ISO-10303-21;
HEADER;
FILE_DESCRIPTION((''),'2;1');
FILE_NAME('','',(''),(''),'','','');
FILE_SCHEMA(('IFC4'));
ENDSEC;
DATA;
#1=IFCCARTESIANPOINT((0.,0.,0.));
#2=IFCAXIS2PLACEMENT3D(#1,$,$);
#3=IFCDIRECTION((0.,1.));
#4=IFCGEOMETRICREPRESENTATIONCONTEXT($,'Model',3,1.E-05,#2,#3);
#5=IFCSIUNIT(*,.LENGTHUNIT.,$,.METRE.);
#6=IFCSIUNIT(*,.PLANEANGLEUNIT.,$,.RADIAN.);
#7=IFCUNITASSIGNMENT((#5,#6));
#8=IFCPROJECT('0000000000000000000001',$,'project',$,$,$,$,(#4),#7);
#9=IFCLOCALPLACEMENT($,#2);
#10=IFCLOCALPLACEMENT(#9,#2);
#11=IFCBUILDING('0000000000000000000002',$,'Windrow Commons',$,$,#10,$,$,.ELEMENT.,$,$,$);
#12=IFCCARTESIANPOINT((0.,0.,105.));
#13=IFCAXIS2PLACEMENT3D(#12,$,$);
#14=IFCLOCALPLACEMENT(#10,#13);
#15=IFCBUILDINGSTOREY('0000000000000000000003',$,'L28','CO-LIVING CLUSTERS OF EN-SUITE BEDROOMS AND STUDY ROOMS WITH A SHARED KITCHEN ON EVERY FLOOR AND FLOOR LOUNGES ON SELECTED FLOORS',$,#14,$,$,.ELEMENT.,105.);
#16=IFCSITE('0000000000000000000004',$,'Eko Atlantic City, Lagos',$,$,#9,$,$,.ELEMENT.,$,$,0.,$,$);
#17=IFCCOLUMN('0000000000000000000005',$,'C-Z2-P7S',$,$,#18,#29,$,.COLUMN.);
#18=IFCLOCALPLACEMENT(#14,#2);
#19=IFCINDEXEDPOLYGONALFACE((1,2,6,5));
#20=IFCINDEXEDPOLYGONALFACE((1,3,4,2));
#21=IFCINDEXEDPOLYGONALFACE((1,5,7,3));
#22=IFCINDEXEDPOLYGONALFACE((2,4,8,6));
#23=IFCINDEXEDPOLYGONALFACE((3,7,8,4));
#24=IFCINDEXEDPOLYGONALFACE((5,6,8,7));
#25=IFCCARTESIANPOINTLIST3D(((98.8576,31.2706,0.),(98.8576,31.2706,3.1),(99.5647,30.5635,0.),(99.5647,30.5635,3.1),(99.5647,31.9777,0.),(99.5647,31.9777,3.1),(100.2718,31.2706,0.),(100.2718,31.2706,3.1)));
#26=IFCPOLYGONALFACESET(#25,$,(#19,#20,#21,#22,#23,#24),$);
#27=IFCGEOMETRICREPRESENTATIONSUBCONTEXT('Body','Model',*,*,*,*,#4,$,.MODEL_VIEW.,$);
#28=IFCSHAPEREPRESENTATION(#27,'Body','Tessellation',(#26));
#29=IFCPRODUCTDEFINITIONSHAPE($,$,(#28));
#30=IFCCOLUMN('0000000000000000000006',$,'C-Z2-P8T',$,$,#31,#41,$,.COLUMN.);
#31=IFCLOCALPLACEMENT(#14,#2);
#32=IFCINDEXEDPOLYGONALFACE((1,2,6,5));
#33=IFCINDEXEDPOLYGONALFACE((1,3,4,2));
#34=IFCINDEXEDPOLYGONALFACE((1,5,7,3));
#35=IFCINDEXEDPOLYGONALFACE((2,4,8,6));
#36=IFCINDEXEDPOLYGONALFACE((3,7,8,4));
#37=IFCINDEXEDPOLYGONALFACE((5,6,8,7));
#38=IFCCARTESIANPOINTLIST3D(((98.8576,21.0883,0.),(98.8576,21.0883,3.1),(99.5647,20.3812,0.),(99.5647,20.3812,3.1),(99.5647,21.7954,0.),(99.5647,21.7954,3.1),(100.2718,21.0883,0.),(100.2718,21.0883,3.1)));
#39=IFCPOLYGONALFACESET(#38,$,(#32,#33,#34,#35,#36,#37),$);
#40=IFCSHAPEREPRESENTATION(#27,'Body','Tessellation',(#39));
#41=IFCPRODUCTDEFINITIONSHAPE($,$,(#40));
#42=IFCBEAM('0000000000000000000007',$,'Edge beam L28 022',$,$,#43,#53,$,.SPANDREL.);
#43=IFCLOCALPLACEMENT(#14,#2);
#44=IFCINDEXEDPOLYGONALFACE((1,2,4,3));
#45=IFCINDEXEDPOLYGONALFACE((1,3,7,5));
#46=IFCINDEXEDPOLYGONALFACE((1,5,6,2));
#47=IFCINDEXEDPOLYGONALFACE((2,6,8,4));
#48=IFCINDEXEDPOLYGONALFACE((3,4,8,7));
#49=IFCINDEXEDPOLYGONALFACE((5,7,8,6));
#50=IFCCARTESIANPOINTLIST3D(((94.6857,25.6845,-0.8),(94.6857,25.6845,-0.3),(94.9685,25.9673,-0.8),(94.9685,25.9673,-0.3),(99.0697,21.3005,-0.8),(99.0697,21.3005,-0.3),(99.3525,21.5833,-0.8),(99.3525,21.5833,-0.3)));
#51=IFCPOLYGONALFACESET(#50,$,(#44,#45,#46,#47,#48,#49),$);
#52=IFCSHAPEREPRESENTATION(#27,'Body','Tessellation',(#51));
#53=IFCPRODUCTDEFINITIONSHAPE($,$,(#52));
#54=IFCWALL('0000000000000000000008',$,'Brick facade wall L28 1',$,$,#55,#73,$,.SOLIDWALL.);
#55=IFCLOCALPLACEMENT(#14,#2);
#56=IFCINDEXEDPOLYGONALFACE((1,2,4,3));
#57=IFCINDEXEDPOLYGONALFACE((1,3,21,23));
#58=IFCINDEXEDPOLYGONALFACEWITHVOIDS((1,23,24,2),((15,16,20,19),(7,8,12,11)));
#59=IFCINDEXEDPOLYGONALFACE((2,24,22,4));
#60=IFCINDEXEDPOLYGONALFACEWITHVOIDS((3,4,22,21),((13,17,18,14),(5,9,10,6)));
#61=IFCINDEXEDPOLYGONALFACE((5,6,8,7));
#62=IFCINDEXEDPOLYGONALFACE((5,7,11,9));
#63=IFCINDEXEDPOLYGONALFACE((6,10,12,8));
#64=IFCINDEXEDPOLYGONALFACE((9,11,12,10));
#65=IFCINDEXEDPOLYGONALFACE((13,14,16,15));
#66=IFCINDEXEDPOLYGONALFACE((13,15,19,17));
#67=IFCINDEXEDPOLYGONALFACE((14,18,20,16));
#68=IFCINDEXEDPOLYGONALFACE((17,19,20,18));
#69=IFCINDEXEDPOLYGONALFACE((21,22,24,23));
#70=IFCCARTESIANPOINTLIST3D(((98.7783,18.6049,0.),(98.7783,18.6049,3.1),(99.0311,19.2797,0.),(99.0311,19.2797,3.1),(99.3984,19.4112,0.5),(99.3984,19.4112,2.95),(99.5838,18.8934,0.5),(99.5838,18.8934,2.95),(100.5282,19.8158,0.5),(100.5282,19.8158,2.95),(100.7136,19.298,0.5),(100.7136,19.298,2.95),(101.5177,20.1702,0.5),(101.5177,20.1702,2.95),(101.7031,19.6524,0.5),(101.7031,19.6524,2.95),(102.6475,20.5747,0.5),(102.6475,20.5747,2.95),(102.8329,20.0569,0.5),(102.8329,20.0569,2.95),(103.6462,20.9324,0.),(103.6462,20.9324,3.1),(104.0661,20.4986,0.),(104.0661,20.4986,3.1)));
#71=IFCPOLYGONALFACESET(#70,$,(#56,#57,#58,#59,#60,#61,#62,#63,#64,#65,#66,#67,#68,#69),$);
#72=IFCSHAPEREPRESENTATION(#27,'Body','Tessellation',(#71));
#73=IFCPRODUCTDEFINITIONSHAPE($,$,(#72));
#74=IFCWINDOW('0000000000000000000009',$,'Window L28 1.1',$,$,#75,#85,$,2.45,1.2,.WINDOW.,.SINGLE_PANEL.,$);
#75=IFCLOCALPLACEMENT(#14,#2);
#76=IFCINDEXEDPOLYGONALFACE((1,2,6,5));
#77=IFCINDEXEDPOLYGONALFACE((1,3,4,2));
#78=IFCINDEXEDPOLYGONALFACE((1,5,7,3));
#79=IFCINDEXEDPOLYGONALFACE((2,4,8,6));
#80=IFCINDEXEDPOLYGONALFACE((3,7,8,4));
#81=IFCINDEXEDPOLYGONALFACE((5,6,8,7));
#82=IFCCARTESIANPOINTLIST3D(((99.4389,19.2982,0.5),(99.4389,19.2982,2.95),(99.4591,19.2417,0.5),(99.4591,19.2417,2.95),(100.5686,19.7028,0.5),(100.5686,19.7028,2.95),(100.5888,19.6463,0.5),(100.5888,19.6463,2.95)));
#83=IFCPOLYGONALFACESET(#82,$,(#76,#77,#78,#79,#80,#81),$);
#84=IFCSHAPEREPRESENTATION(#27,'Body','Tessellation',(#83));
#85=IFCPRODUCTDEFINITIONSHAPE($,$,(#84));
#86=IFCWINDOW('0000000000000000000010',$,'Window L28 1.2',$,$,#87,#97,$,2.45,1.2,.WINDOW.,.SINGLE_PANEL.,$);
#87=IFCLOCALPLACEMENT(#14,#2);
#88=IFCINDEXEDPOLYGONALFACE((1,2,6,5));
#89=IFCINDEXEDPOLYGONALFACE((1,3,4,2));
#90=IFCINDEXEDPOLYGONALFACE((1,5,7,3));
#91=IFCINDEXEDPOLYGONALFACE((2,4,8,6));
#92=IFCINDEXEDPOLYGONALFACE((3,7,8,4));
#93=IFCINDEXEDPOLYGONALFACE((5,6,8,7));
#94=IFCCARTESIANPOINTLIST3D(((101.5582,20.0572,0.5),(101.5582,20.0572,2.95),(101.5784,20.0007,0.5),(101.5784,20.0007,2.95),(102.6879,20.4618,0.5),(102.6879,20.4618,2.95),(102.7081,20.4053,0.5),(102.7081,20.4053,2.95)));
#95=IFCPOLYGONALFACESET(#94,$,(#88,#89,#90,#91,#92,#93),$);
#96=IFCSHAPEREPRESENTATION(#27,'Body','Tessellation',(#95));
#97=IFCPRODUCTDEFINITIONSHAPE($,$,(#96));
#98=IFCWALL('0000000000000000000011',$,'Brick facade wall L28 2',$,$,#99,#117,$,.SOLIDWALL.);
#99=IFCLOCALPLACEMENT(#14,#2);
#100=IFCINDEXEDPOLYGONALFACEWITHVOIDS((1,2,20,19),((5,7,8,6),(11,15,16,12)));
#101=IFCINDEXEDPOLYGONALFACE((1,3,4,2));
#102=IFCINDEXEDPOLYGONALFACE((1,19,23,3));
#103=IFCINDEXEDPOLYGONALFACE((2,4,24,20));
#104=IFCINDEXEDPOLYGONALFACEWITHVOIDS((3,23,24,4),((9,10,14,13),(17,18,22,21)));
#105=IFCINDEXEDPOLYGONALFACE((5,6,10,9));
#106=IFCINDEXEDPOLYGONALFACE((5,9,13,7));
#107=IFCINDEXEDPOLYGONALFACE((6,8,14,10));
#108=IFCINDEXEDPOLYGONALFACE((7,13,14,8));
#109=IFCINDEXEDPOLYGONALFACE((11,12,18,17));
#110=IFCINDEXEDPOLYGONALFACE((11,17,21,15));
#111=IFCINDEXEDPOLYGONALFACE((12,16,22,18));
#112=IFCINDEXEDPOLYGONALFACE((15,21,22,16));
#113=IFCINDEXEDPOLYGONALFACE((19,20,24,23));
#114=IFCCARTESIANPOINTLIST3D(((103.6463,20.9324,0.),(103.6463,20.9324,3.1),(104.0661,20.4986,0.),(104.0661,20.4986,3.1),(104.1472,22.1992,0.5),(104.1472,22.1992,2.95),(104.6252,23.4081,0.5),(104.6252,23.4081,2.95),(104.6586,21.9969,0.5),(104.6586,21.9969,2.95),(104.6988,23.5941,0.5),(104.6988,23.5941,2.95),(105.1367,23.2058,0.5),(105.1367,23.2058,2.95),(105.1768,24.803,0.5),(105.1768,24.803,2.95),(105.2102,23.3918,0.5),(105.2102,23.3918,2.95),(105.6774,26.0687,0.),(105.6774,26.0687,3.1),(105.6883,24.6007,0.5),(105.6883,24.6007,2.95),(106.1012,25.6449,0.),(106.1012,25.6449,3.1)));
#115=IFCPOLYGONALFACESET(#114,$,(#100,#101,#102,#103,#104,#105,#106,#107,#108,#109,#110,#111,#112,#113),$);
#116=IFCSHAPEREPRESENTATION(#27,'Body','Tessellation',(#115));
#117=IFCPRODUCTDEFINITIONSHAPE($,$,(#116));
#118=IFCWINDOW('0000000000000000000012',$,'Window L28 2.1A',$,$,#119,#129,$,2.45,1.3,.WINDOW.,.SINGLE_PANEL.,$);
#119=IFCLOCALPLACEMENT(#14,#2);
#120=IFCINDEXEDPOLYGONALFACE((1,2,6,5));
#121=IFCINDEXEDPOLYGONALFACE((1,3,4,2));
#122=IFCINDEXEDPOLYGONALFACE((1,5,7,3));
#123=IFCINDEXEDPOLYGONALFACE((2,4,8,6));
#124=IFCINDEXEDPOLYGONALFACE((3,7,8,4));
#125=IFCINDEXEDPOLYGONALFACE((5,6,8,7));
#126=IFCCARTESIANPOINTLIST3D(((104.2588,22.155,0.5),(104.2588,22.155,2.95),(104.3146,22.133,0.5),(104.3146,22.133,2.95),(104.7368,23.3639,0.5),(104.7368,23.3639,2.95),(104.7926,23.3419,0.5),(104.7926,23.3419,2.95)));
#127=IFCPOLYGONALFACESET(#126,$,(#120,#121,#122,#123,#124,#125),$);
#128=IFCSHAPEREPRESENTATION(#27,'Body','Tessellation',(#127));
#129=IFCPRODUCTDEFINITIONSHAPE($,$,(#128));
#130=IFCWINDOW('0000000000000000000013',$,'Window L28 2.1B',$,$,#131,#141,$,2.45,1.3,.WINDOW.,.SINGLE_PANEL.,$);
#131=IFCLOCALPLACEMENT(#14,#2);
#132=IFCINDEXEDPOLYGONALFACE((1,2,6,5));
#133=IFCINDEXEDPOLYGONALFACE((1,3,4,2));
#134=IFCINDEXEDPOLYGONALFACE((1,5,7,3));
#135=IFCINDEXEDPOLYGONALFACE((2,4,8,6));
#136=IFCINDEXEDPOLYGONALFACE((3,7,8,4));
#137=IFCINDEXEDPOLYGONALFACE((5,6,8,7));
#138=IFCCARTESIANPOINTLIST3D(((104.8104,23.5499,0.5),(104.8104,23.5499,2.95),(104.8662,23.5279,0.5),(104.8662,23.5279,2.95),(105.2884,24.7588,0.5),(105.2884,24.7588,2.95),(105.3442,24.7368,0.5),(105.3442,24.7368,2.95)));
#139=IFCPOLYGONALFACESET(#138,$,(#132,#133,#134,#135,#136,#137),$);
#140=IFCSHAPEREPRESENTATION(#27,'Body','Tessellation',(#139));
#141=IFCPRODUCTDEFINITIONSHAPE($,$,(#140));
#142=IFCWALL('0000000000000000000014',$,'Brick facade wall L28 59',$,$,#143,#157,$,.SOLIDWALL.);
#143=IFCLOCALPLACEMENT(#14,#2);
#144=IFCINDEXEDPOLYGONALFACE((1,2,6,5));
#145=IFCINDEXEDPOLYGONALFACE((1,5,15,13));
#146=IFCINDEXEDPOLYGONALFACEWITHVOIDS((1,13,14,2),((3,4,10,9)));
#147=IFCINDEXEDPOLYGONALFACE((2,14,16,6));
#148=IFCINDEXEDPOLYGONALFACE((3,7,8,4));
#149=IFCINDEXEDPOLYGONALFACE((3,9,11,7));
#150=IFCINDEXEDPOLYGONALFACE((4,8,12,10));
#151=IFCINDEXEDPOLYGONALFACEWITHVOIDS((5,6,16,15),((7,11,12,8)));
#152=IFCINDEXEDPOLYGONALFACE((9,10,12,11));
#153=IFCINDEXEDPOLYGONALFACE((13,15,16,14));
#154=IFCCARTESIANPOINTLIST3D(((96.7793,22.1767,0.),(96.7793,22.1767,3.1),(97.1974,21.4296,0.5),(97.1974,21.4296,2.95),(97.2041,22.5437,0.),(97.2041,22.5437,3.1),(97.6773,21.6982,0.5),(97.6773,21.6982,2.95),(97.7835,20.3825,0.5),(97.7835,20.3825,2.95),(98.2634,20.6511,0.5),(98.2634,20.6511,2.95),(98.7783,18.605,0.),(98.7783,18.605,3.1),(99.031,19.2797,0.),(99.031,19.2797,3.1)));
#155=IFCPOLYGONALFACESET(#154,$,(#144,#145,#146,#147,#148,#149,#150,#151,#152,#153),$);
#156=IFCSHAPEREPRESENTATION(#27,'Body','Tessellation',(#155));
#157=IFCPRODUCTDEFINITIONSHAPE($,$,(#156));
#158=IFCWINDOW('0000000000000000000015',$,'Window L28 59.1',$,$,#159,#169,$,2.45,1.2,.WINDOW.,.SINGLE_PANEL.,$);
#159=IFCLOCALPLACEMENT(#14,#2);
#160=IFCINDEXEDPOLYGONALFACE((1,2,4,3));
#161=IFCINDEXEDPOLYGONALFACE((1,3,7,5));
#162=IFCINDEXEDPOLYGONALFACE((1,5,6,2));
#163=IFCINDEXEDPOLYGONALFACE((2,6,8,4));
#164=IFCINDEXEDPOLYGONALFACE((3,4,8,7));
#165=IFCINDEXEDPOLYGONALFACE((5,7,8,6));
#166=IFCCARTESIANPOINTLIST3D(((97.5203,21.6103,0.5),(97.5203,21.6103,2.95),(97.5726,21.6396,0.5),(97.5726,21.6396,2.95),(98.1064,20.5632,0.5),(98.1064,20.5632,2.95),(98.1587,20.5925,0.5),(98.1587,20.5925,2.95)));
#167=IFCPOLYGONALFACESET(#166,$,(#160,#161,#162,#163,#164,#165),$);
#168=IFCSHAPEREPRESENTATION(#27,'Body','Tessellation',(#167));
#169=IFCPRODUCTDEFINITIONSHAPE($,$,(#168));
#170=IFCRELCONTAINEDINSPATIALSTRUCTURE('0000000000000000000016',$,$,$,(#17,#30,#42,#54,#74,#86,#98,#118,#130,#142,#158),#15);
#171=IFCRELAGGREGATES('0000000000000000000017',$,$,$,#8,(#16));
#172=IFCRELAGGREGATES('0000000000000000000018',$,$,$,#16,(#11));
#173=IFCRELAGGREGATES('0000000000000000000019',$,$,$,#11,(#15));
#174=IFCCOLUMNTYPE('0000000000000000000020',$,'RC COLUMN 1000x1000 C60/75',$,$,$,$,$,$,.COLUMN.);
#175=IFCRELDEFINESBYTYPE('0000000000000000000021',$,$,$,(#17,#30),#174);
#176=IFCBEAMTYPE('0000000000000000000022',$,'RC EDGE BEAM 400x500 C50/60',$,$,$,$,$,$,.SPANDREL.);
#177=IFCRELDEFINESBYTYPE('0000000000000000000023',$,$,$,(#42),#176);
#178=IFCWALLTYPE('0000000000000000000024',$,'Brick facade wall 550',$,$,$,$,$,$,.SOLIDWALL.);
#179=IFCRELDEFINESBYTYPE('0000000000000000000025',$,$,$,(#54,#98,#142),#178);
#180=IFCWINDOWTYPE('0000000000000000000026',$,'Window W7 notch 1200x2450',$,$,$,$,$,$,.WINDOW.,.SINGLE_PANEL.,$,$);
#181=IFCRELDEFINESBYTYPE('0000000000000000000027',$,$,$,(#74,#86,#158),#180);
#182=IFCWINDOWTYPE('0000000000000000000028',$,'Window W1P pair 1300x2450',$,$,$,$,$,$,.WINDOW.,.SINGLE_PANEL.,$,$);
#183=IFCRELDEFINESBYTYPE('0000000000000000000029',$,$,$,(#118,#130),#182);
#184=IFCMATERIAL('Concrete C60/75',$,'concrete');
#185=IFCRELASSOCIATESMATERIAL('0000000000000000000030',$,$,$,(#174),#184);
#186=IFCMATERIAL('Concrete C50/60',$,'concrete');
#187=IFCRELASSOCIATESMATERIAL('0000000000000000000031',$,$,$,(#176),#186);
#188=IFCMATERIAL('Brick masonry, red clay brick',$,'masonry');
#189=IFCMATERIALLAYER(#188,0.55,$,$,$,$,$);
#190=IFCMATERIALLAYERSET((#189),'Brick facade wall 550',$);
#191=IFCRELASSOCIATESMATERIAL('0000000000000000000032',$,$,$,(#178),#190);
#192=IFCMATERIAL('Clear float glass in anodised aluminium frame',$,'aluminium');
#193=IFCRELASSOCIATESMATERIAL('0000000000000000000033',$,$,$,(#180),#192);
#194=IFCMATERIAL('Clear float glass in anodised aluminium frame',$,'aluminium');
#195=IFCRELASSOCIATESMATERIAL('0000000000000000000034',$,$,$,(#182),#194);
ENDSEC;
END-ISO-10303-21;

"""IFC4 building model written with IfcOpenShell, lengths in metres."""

from ifc_helpers import new_model, si_unit, direction, frame, frame_2d, origin, origin_2d, place, context, subcontext, project, spatial, polyline, rectangle, outline, extrude, material, layer, layer_set, material_profile, profile_set, type_object, element, fill, save


model = new_model("IFC4")

# Units and contexts
model_context = context("Model", 3, precision=1e-05, world=origin(), true_north=direction((0.0, 1.0)))
body_context = subcontext(model_context, "Body", "Model", "MODEL_VIEW")
ifc_project = project(units=[si_unit("LENGTHUNIT", "METRE"), si_unit("PLANEANGLEUNIT", "RADIAN")], contexts=[model_context])

# Site, building, storey
site_placement = place(None, origin())
site = spatial("IfcSite", under=ifc_project, at=site_placement, Name="Eko Atlantic City, Lagos", CompositionType="ELEMENT", RefElevation=0.0)
building_placement = place(site_placement, origin())
building = spatial("IfcBuilding", under=site, at=building_placement, Name="Windrow Commons", CompositionType="ELEMENT")
storey_placement = place(building_placement, frame((0.0, 0.0, 105.0)))
storey = spatial("IfcBuildingStorey", under=building, at=storey_placement, Name="L28", Description="CO-LIVING CLUSTERS OF EN-SUITE BEDROOMS AND STUDY ROOMS WITH A SHARED KITCHEN ON EVERY FLOOR AND FLOOR LOUNGES ON SELECTED FLOORS", CompositionType="ELEMENT", Elevation=105.0)

# Columns
ifc_material_1 = material(Name="Concrete C60/75", Category="concrete")
ifc_material_profile_1 = material_profile(ifc_material_1, rectangle(XDim=1.0, YDim=1.0, at=origin_2d()))
ifc_profile_set_1 = profile_set([ifc_material_profile_1], Name="Concrete C60/75")
column_type = type_object("IfcColumnType", Name="RC COLUMN 1000x1000 C60/75", PredefinedType="COLUMN", material=ifc_profile_set_1)
for number, where, z_axis, x_axis, name in (
    (1, (99.5647, 31.2706, 0.0), (0.0, 0.0, 1.0), (0.707107, -0.707107, 0.0), "C-Z2-P7S"),
    (2, (99.5647, 21.0883, 0.0), (0.0, 0.0, 1.0), (0.707107, -0.707107, 0.0), "C-Z2-P8T"),
):
    element("IfcColumn", number, at=place(storey_placement, frame(where, z_axis=z_axis, x_axis=x_axis)), inside=storey, type_object=column_type, Name=name, PredefinedType="COLUMN", context=body_context, shape_type="SweptSolid", body=[
        extrude(rectangle(XDim=1.0, YDim=1.0, at=origin_2d()), origin(), (0.0, 0.0, 1.0), 3.1),
    ])

# Beam
ifc_material_2 = material(Name="Concrete C50/60", Category="concrete")
ifc_material_profile_2 = material_profile(ifc_material_2, rectangle(XDim=0.4, YDim=0.5, at=origin_2d()))
ifc_profile_set_2 = profile_set([ifc_material_profile_2], Name="Concrete C50/60")
beam_type = type_object("IfcBeamType", Name="RC EDGE BEAM 400x500 C50/60", PredefinedType="SPANDREL", material=ifc_profile_set_2)
beam_placement = place(storey_placement, frame((99.2111, 21.4419, -0.55), z_axis=(-0.707107, 0.707107, 0.0), x_axis=(-0.707107, -0.707107, 0.0)))
element("IfcBeam", 3, at=beam_placement, inside=storey, type_object=beam_type, Name="Edge beam L28 022", PredefinedType="SPANDREL", context=body_context, shape_type="SweptSolid", body=[
    extrude(rectangle(XDim=0.4, YDim=0.5, at=origin_2d()), origin(), (0.0, 0.0, 1.0), 6.1999),
])

# Walls, openings, windows
ifc_material_3 = material(Name="Brick masonry, red clay brick", Category="masonry")
ifc_layer_1 = layer(ifc_material_3, 0.55)
ifc_layer_set_1 = layer_set([ifc_layer_1], Name="Brick facade wall 550")
wall_type_1 = type_object("IfcWallType", Name="Brick facade wall 550", PredefinedType="SOLIDWALL", material=ifc_layer_set_1)
wall_1_placement = place(storey_placement, frame((98.9047, 18.9423, 0.0), z_axis=(0.0, 0.0, 1.0), x_axis=(0.941452, 0.337147, 0.0)))
wall_1 = element("IfcWall", 4, at=wall_1_placement, inside=storey, type_object=wall_type_1, Name="Brick facade wall L28 1", PredefinedType="SOLIDWALL", context=body_context, shape_type="SweptSolid", body=[
    extrude(outline(polyline([(-0.2327, -0.275), (5.3839, -0.275), (5.1349, 0.275), (0.2327, 0.275), (-0.2327, -0.275)])), origin(), (0.0, 0.0, 1.0), 3.1),
])
opening_1_placement = place(wall_1_placement, frame((0.6229, 0.0, 0.5)))
opening_1 = element("IfcOpeningElement", 5, at=opening_1_placement, cuts=wall_1, PredefinedType="OPENING", context=body_context, shape_type="SweptSolid", body=[
    extrude(rectangle(XDim=1.2, YDim=2.45, at=frame_2d((0.6, 1.225))), frame((0.0, 0.285, 0.0), z_axis=(0.0, -1.0, 0.0), x_axis=(1.0, 0.0, 0.0)), (0.0, 0.0, 1.0), 0.57),
])
opening_2_placement = place(wall_1_placement, frame((2.874, 0.0, 0.5)))
opening_2 = element("IfcOpeningElement", 6, at=opening_2_placement, cuts=wall_1, PredefinedType="OPENING", context=body_context, shape_type="SweptSolid", body=[
    extrude(rectangle(XDim=1.2, YDim=2.45, at=frame_2d((0.6, 1.225))), frame((0.0, 0.285, 0.0), z_axis=(0.0, -1.0, 0.0), x_axis=(1.0, 0.0, 0.0)), (0.0, 0.0, 1.0), 0.57),
])
ifc_material_4 = material(Name="Clear float glass in anodised aluminium frame", Category="aluminium")
window_type_1 = type_object("IfcWindowType", Name="Window W7 notch 1200x2450", PartitioningType="SINGLE_PANEL", PredefinedType="WINDOW", material=ifc_material_4)
window_1_placement = place(opening_1_placement, origin())
window_1 = element("IfcWindow", 7, at=window_1_placement, inside=storey, type_object=window_type_1, Name="Window L28 1.1", OverallHeight=2.45, OverallWidth=1.2, PartitioningType="SINGLE_PANEL", PredefinedType="WINDOW", context=body_context, shape_type="SweptSolid", body=[
    extrude(rectangle(XDim=1.2, YDim=2.45, at=frame_2d((0.6, 1.225))), frame((0.0, 0.155, 0.0), z_axis=(0.0, -1.0, 0.0), x_axis=(1.0, 0.0, 0.0)), (0.0, 0.0, 1.0), 0.06),
])
fill(opening_1, window_1)
window_2_placement = place(opening_2_placement, origin())
window_2 = element("IfcWindow", 8, at=window_2_placement, inside=storey, type_object=window_type_1, Name="Window L28 1.2", OverallHeight=2.45, OverallWidth=1.2, PartitioningType="SINGLE_PANEL", PredefinedType="WINDOW", context=body_context, shape_type="SweptSolid", body=[
    extrude(rectangle(XDim=1.2, YDim=2.45, at=frame_2d((0.6, 1.225))), frame((0.0, 0.155, 0.0), z_axis=(0.0, -1.0, 0.0), x_axis=(1.0, 0.0, 0.0)), (0.0, 0.0, 1.0), 0.06),
])
fill(opening_2, window_2)
wall_2_placement = place(storey_placement, frame((103.8562, 20.7155, 0.0), z_axis=(0.0, 0.0, 1.0), x_axis=(0.367736, 0.92993, 0.0)))
wall_2 = element("IfcWall", 9, at=wall_2_placement, inside=storey, type_object=wall_type_1, Name="Brick facade wall L28 2", PredefinedType="SOLIDWALL", context=body_context, shape_type="SweptSolid", body=[
    extrude(outline(polyline([(-0.1245, -0.275), (5.4096, -0.275), (5.6478, 0.275), (0.1245, 0.275), (-0.1245, -0.275)])), origin(), (0.0, 0.0, 1.0), 3.1),
])
opening_3_placement = place(wall_2_placement, frame((1.4867, 0.0, 0.5)))
opening_3 = element("IfcOpeningElement", 10, at=opening_3_placement, cuts=wall_2, PredefinedType="OPENING", context=body_context, shape_type="SweptSolid", body=[
    extrude(rectangle(XDim=1.3, YDim=2.45, at=frame_2d((0.65, 1.225))), frame((0.0, 0.285, 0.0), z_axis=(0.0, -1.0, 0.0), x_axis=(1.0, 0.0, 0.0)), (0.0, 0.0, 1.0), 0.57),
])
opening_4_placement = place(wall_2_placement, frame((2.9867, 0.0, 0.5)))
opening_4 = element("IfcOpeningElement", 11, at=opening_4_placement, cuts=wall_2, PredefinedType="OPENING", context=body_context, shape_type="SweptSolid", body=[
    extrude(rectangle(XDim=1.3, YDim=2.45, at=frame_2d((0.65, 1.225))), frame((0.0, 0.285, 0.0), z_axis=(0.0, -1.0, 0.0), x_axis=(1.0, 0.0, 0.0)), (0.0, 0.0, 1.0), 0.57),
])
ifc_material_5 = material(Name="Clear float glass in anodised aluminium frame", Category="aluminium")
window_type_2 = type_object("IfcWindowType", Name="Window W1P pair 1300x2450", PartitioningType="SINGLE_PANEL", PredefinedType="WINDOW", material=ifc_material_5)
window_3_placement = place(opening_3_placement, origin())
window_3 = element("IfcWindow", 12, at=window_3_placement, inside=storey, type_object=window_type_2, Name="Window L28 2.1A", OverallHeight=2.45, OverallWidth=1.3, PartitioningType="SINGLE_PANEL", PredefinedType="WINDOW", context=body_context, shape_type="SweptSolid", body=[
    extrude(rectangle(XDim=1.3, YDim=2.45, at=frame_2d((0.65, 1.225))), frame((0.0, 0.155, 0.0), z_axis=(0.0, -1.0, 0.0), x_axis=(1.0, 0.0, 0.0)), (0.0, 0.0, 1.0), 0.06),
])
fill(opening_3, window_3)
window_4_placement = place(opening_4_placement, origin())
window_4 = element("IfcWindow", 13, at=window_4_placement, inside=storey, type_object=window_type_2, Name="Window L28 2.1B", OverallHeight=2.45, OverallWidth=1.3, PartitioningType="SINGLE_PANEL", PredefinedType="WINDOW", context=body_context, shape_type="SweptSolid", body=[
    extrude(rectangle(XDim=1.3, YDim=2.45, at=frame_2d((0.65, 1.225))), frame((0.0, 0.155, 0.0), z_axis=(0.0, -1.0, 0.0), x_axis=(1.0, 0.0, 0.0)), (0.0, 0.0, 1.0), 0.06),
])
fill(opening_4, window_4)

# Wall, opening, window
wall_3_placement = place(storey_placement, frame((96.9917, 22.3602, 0.0), z_axis=(0.0, 0.0, 1.0), x_axis=(0.488404, -0.872617, 0.0)))
wall_3 = element("IfcWall", 14, at=wall_3_placement, inside=storey, type_object=wall_type_1, Name="Brick facade wall L28 59", PredefinedType="SOLIDWALL", context=body_context, shape_type="SweptSolid", body=[
    extrude(outline(polyline([(0.0564, -0.275), (4.1494, -0.275), (3.6841, 0.275), (-0.0564, 0.275), (0.0564, -0.275)])), origin(), (0.0, 0.0, 1.0), 3.1),
])
opening_5_placement = place(wall_3_placement, frame((0.9125, 0.0, 0.5)))
opening_5 = element("IfcOpeningElement", 15, at=opening_5_placement, cuts=wall_3, PredefinedType="OPENING", context=body_context, shape_type="SweptSolid", body=[
    extrude(rectangle(XDim=1.2, YDim=2.45, at=frame_2d((0.6, 1.225))), frame((0.0, 0.285, 0.0), z_axis=(0.0, -1.0, 0.0), x_axis=(1.0, 0.0, 0.0)), (0.0, 0.0, 1.0), 0.57),
])
window_5_placement = place(opening_5_placement, origin())
window_5 = element("IfcWindow", 16, at=window_5_placement, inside=storey, type_object=window_type_1, Name="Window L28 59.1", OverallHeight=2.45, OverallWidth=1.2, PartitioningType="SINGLE_PANEL", PredefinedType="WINDOW", context=body_context, shape_type="SweptSolid", body=[
    extrude(rectangle(XDim=1.2, YDim=2.45, at=frame_2d((0.6, 1.225))), frame((0.0, 0.155, 0.0), z_axis=(0.0, -1.0, 0.0), x_axis=(1.0, 0.0, 0.0)), (0.0, 0.0, 1.0), 0.06),
])
fill(opening_5, window_5)

save(model, "model.ifc")
